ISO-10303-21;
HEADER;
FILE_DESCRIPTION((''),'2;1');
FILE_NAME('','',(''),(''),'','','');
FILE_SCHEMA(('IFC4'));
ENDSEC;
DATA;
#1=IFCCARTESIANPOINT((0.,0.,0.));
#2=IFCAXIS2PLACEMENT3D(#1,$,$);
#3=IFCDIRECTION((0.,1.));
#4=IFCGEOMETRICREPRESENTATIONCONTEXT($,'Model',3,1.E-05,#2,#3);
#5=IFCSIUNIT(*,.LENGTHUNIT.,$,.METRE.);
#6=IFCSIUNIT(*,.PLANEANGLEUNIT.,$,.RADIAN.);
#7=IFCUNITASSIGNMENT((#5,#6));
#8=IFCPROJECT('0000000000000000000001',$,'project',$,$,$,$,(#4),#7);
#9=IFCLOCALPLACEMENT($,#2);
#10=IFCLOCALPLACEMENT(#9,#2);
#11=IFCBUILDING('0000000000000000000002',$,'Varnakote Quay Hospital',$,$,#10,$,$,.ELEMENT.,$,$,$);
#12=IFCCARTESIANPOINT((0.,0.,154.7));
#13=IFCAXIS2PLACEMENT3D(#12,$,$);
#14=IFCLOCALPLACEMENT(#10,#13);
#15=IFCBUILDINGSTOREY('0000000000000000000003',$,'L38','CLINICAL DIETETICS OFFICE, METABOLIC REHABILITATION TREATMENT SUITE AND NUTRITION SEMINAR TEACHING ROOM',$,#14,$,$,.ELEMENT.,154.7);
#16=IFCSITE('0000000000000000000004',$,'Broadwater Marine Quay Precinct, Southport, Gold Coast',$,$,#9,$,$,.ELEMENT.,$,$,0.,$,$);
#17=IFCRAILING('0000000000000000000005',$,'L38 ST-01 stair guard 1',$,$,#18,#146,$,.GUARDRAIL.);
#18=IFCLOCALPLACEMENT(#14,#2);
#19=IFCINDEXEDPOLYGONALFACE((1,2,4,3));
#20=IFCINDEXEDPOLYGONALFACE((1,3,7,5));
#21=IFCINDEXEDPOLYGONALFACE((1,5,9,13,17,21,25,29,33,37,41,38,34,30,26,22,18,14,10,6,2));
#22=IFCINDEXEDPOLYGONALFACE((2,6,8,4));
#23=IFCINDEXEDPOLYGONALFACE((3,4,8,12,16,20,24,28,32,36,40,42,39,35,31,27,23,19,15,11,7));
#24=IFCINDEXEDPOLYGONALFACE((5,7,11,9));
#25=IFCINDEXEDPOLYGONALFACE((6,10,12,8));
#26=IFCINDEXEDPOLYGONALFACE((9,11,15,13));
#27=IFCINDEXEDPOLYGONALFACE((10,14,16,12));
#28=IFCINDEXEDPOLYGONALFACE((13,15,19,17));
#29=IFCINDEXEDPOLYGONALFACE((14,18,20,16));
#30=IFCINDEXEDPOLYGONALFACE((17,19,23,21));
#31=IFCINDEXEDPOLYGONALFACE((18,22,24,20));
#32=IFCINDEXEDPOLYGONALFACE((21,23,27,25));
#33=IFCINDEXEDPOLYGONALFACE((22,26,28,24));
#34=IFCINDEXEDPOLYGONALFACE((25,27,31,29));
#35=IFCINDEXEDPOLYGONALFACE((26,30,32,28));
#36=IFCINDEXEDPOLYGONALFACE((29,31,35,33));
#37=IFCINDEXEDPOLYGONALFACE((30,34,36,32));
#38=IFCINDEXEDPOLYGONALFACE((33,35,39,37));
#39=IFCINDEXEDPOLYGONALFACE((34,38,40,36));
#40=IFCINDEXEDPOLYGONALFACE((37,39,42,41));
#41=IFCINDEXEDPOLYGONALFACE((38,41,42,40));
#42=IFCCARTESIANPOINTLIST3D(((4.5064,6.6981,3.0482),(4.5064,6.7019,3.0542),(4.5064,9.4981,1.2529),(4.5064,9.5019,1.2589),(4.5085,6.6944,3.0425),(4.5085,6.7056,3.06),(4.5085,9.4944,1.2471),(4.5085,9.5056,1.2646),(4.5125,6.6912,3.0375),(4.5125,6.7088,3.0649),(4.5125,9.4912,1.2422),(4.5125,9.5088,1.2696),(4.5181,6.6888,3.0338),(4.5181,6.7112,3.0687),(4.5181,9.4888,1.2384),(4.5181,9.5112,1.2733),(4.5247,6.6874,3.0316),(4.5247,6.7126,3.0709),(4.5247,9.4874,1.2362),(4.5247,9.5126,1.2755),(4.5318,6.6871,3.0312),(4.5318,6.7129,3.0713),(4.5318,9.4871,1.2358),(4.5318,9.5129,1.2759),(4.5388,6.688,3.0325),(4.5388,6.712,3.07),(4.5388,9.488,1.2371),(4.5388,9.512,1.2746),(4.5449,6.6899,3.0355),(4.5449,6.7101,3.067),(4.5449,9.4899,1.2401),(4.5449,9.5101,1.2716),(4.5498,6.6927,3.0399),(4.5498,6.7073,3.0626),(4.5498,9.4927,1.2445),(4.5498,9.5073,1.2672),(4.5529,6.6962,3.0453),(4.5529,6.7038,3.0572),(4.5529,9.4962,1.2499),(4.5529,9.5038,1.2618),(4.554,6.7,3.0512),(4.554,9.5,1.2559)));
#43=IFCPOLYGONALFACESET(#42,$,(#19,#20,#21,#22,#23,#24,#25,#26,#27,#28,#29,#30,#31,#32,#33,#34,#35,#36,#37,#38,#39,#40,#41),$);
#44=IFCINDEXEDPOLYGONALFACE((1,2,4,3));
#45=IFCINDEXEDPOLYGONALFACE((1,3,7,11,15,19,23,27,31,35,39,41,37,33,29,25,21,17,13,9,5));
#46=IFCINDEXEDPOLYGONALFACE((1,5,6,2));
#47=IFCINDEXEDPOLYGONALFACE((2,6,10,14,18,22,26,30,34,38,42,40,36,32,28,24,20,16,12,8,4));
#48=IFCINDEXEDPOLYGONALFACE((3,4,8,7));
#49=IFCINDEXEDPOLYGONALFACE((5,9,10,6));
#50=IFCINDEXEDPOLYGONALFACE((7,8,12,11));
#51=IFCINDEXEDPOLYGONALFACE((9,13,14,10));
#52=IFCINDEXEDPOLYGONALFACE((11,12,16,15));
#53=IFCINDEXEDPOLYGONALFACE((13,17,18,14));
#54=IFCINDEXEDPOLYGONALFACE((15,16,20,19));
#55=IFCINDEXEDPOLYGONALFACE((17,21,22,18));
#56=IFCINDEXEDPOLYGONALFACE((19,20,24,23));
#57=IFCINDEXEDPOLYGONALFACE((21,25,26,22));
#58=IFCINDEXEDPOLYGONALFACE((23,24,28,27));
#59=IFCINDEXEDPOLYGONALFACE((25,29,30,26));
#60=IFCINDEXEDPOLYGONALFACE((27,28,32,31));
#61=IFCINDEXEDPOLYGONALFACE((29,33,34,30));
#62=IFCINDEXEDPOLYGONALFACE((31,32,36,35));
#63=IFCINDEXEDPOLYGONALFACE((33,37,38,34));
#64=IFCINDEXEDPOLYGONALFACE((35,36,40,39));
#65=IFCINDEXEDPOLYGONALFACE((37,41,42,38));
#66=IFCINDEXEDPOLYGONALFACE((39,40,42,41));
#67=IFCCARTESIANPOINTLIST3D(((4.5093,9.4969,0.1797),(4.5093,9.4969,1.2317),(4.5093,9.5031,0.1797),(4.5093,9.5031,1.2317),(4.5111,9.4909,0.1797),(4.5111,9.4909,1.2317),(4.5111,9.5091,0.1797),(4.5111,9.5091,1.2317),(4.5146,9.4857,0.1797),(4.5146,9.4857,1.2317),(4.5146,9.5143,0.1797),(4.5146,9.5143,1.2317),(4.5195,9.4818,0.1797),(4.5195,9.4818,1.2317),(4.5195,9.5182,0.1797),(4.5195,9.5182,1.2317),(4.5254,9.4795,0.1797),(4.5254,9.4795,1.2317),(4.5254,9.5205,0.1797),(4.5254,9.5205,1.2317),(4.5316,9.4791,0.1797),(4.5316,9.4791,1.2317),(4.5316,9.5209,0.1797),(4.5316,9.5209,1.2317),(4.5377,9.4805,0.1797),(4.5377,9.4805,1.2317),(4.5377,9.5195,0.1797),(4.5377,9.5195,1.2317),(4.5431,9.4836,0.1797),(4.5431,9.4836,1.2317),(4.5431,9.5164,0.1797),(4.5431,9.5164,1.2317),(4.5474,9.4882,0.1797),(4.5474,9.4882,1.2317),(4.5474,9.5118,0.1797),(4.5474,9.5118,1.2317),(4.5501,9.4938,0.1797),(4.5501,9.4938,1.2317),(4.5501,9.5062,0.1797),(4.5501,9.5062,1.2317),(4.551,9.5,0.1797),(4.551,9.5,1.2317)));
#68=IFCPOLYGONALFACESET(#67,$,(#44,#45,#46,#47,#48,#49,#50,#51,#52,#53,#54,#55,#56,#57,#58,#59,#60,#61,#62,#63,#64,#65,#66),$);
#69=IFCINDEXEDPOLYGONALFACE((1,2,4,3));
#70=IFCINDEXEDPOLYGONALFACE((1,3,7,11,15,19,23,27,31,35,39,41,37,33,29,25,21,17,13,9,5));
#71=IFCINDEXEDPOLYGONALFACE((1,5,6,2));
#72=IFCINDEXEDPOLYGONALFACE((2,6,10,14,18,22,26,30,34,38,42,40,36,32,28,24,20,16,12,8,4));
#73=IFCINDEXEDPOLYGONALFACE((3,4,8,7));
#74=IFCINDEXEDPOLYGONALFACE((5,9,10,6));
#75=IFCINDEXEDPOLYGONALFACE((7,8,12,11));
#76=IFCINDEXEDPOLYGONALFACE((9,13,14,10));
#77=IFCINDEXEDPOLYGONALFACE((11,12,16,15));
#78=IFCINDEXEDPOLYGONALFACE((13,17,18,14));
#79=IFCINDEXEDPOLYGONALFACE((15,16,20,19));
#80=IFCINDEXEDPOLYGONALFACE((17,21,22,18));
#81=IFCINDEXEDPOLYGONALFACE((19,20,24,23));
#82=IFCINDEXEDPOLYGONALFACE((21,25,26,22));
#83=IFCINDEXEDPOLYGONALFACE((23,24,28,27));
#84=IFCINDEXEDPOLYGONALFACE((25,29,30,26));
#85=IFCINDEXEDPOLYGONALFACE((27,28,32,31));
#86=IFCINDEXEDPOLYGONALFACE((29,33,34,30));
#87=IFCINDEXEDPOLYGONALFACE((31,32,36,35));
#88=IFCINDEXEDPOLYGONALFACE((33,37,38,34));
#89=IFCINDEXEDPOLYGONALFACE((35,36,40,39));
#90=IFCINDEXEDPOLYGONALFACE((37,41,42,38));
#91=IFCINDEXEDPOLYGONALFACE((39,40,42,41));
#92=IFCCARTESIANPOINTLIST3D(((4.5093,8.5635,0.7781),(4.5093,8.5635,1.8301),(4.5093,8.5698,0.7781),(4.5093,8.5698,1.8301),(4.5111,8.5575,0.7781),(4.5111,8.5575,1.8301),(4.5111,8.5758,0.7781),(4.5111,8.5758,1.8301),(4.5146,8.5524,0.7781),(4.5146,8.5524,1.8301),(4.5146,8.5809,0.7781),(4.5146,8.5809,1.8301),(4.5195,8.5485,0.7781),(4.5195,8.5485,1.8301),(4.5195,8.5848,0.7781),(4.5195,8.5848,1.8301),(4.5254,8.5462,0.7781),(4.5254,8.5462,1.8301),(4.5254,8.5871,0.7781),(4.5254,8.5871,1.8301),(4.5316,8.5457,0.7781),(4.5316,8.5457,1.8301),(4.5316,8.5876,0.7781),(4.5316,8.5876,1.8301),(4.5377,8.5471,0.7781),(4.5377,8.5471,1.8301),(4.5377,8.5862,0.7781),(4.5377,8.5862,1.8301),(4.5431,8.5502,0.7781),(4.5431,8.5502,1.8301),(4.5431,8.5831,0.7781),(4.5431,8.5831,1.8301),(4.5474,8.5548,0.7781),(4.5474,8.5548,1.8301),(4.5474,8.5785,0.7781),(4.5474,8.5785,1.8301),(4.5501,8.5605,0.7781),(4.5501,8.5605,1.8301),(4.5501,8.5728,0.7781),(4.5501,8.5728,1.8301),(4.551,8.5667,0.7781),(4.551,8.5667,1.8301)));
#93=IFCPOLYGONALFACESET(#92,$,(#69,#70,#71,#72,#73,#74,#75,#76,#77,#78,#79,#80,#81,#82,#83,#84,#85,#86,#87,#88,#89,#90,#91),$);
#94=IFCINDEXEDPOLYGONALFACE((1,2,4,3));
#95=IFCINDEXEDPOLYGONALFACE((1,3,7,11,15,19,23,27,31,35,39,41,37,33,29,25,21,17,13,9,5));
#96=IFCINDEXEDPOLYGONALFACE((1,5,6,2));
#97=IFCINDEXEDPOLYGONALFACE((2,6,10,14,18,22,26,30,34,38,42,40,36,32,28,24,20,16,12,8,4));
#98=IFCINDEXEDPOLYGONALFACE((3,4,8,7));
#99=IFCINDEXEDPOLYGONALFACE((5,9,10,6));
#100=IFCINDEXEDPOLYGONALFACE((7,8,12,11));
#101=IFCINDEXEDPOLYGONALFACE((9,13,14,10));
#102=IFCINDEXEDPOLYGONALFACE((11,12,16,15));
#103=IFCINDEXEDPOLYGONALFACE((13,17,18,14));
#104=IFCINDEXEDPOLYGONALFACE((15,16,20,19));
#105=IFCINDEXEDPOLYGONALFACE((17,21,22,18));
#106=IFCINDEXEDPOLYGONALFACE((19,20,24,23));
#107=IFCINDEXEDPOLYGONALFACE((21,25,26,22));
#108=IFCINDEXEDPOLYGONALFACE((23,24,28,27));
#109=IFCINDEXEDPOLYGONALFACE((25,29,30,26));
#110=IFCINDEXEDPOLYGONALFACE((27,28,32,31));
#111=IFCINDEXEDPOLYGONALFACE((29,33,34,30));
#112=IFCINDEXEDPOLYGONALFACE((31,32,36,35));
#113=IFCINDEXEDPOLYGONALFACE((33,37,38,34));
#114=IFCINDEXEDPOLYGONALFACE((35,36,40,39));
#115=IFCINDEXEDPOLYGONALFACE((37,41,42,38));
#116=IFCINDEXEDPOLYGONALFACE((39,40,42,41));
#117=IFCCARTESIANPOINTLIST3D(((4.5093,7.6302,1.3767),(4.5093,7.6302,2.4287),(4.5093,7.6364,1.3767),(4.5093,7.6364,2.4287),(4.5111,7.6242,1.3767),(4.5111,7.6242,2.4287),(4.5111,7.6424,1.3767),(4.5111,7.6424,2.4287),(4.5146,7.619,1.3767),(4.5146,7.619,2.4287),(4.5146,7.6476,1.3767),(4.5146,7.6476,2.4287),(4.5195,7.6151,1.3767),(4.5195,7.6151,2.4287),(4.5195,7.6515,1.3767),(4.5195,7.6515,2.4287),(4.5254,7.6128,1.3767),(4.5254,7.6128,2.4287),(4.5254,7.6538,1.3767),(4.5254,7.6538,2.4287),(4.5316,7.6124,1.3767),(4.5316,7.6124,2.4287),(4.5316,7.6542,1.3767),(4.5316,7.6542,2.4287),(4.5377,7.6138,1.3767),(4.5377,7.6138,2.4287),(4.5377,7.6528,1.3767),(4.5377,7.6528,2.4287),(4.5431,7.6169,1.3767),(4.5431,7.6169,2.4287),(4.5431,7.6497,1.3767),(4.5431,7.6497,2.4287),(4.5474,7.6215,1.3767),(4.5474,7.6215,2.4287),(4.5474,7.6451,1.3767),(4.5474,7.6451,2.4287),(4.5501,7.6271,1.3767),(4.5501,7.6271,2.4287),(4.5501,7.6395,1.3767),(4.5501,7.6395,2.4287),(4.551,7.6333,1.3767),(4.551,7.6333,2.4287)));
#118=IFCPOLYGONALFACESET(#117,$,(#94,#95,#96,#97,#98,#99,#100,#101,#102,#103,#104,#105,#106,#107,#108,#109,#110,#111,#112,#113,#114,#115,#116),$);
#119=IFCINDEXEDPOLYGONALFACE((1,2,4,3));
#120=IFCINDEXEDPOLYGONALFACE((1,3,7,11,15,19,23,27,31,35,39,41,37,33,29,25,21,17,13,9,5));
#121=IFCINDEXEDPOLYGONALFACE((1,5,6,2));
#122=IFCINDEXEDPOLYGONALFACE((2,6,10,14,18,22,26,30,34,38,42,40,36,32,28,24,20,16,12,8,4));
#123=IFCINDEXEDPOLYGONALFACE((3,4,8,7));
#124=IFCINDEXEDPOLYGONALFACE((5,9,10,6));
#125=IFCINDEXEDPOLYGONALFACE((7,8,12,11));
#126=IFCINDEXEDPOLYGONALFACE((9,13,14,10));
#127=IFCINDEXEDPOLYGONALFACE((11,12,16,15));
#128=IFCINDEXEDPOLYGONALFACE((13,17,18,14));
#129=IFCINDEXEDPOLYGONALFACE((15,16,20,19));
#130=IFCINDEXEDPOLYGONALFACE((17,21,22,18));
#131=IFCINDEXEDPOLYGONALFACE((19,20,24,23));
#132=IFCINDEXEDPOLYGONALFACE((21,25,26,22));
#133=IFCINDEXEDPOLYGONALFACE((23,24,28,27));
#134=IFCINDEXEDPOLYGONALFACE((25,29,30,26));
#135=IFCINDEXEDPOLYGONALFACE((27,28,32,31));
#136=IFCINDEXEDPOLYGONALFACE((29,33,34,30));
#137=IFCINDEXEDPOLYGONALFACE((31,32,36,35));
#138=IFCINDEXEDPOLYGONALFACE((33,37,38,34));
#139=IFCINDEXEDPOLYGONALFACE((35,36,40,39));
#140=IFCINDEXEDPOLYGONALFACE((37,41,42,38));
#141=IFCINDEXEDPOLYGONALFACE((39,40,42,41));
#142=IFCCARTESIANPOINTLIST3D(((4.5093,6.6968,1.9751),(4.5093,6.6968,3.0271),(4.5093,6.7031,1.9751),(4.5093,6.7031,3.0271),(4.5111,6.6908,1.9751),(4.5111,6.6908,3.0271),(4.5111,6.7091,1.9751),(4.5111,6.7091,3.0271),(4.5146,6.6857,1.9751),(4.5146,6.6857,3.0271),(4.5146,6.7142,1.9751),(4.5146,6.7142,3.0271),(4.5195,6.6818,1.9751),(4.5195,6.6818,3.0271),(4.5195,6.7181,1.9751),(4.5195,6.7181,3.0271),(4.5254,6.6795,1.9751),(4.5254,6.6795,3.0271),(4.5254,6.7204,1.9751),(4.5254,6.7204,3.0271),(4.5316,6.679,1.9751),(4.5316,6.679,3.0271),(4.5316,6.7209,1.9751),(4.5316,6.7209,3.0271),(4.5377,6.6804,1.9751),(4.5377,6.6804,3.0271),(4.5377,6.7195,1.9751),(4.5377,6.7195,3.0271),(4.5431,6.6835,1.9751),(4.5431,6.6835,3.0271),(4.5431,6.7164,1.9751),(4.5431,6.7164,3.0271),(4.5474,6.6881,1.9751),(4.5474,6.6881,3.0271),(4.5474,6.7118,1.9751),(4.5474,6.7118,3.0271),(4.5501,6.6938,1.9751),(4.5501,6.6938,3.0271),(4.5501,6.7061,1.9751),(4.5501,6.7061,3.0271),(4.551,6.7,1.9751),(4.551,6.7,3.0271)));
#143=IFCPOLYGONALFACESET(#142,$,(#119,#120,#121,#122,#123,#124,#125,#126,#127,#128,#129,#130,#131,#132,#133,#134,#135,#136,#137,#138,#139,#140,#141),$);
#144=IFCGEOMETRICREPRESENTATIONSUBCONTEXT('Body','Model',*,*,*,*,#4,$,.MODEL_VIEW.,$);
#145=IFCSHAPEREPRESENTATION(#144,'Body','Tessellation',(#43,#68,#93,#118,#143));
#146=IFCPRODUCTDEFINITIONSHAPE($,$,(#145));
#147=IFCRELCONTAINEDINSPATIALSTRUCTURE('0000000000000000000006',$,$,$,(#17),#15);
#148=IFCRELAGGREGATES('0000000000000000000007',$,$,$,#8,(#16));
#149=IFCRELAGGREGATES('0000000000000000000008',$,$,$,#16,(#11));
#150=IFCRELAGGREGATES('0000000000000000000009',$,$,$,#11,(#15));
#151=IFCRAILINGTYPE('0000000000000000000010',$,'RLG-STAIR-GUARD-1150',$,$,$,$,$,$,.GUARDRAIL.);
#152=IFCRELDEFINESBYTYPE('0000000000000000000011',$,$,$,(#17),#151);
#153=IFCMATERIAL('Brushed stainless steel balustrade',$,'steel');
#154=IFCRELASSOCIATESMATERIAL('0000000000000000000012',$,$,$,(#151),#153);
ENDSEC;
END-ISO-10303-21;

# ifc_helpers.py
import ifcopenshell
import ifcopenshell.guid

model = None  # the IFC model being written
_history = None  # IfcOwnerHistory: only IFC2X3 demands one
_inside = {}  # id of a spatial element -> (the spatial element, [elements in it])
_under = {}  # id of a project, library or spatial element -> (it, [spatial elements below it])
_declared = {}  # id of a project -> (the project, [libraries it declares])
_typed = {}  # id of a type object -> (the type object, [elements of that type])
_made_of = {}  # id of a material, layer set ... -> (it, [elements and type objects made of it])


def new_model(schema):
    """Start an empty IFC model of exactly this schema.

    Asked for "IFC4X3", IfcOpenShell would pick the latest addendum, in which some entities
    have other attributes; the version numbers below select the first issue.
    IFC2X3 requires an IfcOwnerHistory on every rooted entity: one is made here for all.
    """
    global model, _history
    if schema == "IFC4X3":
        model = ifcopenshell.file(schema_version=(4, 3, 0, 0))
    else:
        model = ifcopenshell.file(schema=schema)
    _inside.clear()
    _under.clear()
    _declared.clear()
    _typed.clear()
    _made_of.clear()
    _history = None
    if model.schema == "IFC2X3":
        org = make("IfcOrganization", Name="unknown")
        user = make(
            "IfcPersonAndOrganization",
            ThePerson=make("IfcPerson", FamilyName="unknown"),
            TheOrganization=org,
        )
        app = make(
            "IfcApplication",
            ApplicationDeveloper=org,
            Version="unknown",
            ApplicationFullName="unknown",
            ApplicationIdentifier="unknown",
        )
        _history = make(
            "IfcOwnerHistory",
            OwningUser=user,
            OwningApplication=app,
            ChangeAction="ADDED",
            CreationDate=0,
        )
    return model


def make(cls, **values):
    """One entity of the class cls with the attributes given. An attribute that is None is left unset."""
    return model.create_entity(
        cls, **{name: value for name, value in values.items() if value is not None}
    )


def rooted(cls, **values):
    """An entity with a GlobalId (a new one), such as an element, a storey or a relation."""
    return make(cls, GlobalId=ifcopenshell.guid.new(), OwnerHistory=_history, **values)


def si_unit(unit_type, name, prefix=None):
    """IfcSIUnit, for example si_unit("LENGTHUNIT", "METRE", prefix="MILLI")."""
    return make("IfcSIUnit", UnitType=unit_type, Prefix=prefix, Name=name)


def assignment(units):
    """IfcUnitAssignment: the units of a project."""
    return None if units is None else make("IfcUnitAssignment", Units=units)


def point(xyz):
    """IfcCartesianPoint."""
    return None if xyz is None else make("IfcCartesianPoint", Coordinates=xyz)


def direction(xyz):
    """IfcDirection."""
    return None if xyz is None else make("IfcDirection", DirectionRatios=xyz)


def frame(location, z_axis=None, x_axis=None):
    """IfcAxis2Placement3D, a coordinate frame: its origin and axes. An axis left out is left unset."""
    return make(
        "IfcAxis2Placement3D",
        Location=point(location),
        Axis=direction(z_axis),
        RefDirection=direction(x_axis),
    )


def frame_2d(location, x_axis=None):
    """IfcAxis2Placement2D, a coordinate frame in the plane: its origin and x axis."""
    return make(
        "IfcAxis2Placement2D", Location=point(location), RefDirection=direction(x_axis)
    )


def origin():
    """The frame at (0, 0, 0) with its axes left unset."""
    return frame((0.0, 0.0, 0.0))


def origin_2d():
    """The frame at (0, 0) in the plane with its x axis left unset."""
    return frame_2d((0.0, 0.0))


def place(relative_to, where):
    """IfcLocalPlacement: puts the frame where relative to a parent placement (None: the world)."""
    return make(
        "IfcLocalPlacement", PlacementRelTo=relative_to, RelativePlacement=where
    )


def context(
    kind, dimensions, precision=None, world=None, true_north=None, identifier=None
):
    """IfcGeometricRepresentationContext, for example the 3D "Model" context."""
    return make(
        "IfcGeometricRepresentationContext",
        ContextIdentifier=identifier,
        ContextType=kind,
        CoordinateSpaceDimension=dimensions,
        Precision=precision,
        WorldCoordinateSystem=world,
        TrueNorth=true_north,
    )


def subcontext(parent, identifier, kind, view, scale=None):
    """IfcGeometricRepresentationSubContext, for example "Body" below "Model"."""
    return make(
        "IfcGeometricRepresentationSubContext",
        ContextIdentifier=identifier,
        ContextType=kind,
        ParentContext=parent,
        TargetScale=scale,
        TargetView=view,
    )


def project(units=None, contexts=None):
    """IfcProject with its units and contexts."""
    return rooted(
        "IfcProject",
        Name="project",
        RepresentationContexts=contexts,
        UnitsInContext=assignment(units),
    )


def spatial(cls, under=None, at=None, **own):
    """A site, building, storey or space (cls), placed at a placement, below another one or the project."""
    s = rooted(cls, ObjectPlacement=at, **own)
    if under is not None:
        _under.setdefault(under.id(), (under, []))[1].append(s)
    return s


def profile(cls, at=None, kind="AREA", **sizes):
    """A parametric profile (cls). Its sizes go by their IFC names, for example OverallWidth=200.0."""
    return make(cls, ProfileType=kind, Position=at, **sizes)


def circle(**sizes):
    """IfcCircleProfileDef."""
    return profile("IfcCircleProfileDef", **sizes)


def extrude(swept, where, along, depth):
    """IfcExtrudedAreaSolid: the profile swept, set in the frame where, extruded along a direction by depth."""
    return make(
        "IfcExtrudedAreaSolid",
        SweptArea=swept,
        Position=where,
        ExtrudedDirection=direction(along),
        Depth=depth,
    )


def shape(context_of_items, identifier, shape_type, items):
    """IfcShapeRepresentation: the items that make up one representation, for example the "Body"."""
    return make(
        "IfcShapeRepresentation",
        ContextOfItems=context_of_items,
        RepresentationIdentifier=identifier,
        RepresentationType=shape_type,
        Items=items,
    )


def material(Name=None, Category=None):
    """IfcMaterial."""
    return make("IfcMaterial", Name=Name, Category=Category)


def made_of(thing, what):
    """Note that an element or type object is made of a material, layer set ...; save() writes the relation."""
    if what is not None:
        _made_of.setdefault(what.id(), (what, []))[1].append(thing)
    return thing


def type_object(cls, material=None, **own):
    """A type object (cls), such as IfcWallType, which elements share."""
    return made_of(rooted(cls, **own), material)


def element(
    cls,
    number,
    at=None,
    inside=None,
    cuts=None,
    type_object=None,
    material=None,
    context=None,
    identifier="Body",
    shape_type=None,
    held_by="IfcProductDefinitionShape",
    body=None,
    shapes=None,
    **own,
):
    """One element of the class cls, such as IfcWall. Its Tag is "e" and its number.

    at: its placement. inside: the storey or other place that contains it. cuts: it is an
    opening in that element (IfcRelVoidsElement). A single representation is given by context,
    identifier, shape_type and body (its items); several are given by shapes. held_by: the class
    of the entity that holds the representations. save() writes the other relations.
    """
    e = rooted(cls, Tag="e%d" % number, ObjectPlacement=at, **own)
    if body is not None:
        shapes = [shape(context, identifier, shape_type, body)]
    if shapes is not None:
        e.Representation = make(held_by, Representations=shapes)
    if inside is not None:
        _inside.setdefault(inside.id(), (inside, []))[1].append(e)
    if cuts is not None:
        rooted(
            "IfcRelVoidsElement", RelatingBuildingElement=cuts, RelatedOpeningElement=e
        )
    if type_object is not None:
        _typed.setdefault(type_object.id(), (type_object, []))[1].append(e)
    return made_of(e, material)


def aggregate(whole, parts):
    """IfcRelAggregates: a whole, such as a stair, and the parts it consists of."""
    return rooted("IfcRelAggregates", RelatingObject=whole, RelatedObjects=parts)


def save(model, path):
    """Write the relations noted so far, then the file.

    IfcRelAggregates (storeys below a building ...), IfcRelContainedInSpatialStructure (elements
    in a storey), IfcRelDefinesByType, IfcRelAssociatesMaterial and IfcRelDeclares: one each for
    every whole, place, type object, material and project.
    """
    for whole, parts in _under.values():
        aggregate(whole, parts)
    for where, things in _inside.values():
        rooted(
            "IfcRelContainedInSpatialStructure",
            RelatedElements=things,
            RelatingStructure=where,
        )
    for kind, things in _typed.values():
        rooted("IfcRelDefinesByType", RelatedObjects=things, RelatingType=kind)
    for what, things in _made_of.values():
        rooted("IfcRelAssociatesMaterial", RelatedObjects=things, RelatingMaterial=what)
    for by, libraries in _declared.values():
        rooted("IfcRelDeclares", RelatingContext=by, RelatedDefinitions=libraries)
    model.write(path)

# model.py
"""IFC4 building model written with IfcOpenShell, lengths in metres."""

from ifc_helpers import new_model, si_unit, direction, frame, origin, origin_2d, place, context, subcontext, project, spatial, circle, extrude, material, type_object, element, save


model = new_model("IFC4")

# Units and contexts
model_context = context("Model", 3, precision=1e-05, world=origin(), true_north=direction((0.0, 1.0)))
body_context = subcontext(model_context, "Body", "Model", "MODEL_VIEW")
ifc_project = project(units=[si_unit("LENGTHUNIT", "METRE"), si_unit("PLANEANGLEUNIT", "RADIAN")], contexts=[model_context])

# Site, building, storey
site_placement = place(None, origin())
site = spatial("IfcSite", under=ifc_project, at=site_placement, Name="Broadwater Marine Quay Precinct, Southport, Gold Coast", CompositionType="ELEMENT", RefElevation=0.0)
building_placement = place(site_placement, origin())
building = spatial("IfcBuilding", under=site, at=building_placement, Name="Varnakote Quay Hospital", CompositionType="ELEMENT")
storey_placement = place(building_placement, frame((0.0, 0.0, 154.7)))
storey = spatial("IfcBuildingStorey", under=building, at=storey_placement, Name="L38", Description="CLINICAL DIETETICS OFFICE, METABOLIC REHABILITATION TREATMENT SUITE AND NUTRITION SEMINAR TEACHING ROOM", CompositionType="ELEMENT", Elevation=154.7)

# Railing
ifc_material_1 = material(Name="Brushed stainless steel balustrade", Category="steel")
railing_type_1 = type_object("IfcRailingType", Name="RLG-STAIR-GUARD-1150", PredefinedType="GUARDRAIL", material=ifc_material_1)
railing_1_placement = place(storey_placement, frame((4.53, 9.5, 0.1797)))
element("IfcRailing", 1, at=railing_1_placement, inside=storey, type_object=railing_type_1, Name="L38 ST-01 stair guard 1", PredefinedType="GUARDRAIL", context=body_context, shape_type="SweptSolid", body=[
    extrude(circle(Radius=0.0239, at=origin_2d()), frame((0.0, 0.0, 1.0762), z_axis=(0.0, -0.84181, 0.539774), x_axis=(1.0, 0.0, 0.0)), (0.0, 0.0, 1.0), 3.3262),
    extrude(circle(Radius=0.021, at=origin_2d()), origin(), (0.0, 0.0, 1.0), 1.052),
    extrude(circle(Radius=0.021, at=origin_2d()), frame((0.0, -0.9333, 0.5984)), (0.0, 0.0, 1.0), 1.052),
    extrude(circle(Radius=0.021, at=origin_2d()), frame((0.0, -1.8667, 1.197)), (0.0, 0.0, 1.0), 1.052),
    extrude(circle(Radius=0.021, at=origin_2d()), frame((0.0, -2.8, 1.7954)), (0.0, 0.0, 1.0), 1.052),
])

save(model, "model.ifc")
